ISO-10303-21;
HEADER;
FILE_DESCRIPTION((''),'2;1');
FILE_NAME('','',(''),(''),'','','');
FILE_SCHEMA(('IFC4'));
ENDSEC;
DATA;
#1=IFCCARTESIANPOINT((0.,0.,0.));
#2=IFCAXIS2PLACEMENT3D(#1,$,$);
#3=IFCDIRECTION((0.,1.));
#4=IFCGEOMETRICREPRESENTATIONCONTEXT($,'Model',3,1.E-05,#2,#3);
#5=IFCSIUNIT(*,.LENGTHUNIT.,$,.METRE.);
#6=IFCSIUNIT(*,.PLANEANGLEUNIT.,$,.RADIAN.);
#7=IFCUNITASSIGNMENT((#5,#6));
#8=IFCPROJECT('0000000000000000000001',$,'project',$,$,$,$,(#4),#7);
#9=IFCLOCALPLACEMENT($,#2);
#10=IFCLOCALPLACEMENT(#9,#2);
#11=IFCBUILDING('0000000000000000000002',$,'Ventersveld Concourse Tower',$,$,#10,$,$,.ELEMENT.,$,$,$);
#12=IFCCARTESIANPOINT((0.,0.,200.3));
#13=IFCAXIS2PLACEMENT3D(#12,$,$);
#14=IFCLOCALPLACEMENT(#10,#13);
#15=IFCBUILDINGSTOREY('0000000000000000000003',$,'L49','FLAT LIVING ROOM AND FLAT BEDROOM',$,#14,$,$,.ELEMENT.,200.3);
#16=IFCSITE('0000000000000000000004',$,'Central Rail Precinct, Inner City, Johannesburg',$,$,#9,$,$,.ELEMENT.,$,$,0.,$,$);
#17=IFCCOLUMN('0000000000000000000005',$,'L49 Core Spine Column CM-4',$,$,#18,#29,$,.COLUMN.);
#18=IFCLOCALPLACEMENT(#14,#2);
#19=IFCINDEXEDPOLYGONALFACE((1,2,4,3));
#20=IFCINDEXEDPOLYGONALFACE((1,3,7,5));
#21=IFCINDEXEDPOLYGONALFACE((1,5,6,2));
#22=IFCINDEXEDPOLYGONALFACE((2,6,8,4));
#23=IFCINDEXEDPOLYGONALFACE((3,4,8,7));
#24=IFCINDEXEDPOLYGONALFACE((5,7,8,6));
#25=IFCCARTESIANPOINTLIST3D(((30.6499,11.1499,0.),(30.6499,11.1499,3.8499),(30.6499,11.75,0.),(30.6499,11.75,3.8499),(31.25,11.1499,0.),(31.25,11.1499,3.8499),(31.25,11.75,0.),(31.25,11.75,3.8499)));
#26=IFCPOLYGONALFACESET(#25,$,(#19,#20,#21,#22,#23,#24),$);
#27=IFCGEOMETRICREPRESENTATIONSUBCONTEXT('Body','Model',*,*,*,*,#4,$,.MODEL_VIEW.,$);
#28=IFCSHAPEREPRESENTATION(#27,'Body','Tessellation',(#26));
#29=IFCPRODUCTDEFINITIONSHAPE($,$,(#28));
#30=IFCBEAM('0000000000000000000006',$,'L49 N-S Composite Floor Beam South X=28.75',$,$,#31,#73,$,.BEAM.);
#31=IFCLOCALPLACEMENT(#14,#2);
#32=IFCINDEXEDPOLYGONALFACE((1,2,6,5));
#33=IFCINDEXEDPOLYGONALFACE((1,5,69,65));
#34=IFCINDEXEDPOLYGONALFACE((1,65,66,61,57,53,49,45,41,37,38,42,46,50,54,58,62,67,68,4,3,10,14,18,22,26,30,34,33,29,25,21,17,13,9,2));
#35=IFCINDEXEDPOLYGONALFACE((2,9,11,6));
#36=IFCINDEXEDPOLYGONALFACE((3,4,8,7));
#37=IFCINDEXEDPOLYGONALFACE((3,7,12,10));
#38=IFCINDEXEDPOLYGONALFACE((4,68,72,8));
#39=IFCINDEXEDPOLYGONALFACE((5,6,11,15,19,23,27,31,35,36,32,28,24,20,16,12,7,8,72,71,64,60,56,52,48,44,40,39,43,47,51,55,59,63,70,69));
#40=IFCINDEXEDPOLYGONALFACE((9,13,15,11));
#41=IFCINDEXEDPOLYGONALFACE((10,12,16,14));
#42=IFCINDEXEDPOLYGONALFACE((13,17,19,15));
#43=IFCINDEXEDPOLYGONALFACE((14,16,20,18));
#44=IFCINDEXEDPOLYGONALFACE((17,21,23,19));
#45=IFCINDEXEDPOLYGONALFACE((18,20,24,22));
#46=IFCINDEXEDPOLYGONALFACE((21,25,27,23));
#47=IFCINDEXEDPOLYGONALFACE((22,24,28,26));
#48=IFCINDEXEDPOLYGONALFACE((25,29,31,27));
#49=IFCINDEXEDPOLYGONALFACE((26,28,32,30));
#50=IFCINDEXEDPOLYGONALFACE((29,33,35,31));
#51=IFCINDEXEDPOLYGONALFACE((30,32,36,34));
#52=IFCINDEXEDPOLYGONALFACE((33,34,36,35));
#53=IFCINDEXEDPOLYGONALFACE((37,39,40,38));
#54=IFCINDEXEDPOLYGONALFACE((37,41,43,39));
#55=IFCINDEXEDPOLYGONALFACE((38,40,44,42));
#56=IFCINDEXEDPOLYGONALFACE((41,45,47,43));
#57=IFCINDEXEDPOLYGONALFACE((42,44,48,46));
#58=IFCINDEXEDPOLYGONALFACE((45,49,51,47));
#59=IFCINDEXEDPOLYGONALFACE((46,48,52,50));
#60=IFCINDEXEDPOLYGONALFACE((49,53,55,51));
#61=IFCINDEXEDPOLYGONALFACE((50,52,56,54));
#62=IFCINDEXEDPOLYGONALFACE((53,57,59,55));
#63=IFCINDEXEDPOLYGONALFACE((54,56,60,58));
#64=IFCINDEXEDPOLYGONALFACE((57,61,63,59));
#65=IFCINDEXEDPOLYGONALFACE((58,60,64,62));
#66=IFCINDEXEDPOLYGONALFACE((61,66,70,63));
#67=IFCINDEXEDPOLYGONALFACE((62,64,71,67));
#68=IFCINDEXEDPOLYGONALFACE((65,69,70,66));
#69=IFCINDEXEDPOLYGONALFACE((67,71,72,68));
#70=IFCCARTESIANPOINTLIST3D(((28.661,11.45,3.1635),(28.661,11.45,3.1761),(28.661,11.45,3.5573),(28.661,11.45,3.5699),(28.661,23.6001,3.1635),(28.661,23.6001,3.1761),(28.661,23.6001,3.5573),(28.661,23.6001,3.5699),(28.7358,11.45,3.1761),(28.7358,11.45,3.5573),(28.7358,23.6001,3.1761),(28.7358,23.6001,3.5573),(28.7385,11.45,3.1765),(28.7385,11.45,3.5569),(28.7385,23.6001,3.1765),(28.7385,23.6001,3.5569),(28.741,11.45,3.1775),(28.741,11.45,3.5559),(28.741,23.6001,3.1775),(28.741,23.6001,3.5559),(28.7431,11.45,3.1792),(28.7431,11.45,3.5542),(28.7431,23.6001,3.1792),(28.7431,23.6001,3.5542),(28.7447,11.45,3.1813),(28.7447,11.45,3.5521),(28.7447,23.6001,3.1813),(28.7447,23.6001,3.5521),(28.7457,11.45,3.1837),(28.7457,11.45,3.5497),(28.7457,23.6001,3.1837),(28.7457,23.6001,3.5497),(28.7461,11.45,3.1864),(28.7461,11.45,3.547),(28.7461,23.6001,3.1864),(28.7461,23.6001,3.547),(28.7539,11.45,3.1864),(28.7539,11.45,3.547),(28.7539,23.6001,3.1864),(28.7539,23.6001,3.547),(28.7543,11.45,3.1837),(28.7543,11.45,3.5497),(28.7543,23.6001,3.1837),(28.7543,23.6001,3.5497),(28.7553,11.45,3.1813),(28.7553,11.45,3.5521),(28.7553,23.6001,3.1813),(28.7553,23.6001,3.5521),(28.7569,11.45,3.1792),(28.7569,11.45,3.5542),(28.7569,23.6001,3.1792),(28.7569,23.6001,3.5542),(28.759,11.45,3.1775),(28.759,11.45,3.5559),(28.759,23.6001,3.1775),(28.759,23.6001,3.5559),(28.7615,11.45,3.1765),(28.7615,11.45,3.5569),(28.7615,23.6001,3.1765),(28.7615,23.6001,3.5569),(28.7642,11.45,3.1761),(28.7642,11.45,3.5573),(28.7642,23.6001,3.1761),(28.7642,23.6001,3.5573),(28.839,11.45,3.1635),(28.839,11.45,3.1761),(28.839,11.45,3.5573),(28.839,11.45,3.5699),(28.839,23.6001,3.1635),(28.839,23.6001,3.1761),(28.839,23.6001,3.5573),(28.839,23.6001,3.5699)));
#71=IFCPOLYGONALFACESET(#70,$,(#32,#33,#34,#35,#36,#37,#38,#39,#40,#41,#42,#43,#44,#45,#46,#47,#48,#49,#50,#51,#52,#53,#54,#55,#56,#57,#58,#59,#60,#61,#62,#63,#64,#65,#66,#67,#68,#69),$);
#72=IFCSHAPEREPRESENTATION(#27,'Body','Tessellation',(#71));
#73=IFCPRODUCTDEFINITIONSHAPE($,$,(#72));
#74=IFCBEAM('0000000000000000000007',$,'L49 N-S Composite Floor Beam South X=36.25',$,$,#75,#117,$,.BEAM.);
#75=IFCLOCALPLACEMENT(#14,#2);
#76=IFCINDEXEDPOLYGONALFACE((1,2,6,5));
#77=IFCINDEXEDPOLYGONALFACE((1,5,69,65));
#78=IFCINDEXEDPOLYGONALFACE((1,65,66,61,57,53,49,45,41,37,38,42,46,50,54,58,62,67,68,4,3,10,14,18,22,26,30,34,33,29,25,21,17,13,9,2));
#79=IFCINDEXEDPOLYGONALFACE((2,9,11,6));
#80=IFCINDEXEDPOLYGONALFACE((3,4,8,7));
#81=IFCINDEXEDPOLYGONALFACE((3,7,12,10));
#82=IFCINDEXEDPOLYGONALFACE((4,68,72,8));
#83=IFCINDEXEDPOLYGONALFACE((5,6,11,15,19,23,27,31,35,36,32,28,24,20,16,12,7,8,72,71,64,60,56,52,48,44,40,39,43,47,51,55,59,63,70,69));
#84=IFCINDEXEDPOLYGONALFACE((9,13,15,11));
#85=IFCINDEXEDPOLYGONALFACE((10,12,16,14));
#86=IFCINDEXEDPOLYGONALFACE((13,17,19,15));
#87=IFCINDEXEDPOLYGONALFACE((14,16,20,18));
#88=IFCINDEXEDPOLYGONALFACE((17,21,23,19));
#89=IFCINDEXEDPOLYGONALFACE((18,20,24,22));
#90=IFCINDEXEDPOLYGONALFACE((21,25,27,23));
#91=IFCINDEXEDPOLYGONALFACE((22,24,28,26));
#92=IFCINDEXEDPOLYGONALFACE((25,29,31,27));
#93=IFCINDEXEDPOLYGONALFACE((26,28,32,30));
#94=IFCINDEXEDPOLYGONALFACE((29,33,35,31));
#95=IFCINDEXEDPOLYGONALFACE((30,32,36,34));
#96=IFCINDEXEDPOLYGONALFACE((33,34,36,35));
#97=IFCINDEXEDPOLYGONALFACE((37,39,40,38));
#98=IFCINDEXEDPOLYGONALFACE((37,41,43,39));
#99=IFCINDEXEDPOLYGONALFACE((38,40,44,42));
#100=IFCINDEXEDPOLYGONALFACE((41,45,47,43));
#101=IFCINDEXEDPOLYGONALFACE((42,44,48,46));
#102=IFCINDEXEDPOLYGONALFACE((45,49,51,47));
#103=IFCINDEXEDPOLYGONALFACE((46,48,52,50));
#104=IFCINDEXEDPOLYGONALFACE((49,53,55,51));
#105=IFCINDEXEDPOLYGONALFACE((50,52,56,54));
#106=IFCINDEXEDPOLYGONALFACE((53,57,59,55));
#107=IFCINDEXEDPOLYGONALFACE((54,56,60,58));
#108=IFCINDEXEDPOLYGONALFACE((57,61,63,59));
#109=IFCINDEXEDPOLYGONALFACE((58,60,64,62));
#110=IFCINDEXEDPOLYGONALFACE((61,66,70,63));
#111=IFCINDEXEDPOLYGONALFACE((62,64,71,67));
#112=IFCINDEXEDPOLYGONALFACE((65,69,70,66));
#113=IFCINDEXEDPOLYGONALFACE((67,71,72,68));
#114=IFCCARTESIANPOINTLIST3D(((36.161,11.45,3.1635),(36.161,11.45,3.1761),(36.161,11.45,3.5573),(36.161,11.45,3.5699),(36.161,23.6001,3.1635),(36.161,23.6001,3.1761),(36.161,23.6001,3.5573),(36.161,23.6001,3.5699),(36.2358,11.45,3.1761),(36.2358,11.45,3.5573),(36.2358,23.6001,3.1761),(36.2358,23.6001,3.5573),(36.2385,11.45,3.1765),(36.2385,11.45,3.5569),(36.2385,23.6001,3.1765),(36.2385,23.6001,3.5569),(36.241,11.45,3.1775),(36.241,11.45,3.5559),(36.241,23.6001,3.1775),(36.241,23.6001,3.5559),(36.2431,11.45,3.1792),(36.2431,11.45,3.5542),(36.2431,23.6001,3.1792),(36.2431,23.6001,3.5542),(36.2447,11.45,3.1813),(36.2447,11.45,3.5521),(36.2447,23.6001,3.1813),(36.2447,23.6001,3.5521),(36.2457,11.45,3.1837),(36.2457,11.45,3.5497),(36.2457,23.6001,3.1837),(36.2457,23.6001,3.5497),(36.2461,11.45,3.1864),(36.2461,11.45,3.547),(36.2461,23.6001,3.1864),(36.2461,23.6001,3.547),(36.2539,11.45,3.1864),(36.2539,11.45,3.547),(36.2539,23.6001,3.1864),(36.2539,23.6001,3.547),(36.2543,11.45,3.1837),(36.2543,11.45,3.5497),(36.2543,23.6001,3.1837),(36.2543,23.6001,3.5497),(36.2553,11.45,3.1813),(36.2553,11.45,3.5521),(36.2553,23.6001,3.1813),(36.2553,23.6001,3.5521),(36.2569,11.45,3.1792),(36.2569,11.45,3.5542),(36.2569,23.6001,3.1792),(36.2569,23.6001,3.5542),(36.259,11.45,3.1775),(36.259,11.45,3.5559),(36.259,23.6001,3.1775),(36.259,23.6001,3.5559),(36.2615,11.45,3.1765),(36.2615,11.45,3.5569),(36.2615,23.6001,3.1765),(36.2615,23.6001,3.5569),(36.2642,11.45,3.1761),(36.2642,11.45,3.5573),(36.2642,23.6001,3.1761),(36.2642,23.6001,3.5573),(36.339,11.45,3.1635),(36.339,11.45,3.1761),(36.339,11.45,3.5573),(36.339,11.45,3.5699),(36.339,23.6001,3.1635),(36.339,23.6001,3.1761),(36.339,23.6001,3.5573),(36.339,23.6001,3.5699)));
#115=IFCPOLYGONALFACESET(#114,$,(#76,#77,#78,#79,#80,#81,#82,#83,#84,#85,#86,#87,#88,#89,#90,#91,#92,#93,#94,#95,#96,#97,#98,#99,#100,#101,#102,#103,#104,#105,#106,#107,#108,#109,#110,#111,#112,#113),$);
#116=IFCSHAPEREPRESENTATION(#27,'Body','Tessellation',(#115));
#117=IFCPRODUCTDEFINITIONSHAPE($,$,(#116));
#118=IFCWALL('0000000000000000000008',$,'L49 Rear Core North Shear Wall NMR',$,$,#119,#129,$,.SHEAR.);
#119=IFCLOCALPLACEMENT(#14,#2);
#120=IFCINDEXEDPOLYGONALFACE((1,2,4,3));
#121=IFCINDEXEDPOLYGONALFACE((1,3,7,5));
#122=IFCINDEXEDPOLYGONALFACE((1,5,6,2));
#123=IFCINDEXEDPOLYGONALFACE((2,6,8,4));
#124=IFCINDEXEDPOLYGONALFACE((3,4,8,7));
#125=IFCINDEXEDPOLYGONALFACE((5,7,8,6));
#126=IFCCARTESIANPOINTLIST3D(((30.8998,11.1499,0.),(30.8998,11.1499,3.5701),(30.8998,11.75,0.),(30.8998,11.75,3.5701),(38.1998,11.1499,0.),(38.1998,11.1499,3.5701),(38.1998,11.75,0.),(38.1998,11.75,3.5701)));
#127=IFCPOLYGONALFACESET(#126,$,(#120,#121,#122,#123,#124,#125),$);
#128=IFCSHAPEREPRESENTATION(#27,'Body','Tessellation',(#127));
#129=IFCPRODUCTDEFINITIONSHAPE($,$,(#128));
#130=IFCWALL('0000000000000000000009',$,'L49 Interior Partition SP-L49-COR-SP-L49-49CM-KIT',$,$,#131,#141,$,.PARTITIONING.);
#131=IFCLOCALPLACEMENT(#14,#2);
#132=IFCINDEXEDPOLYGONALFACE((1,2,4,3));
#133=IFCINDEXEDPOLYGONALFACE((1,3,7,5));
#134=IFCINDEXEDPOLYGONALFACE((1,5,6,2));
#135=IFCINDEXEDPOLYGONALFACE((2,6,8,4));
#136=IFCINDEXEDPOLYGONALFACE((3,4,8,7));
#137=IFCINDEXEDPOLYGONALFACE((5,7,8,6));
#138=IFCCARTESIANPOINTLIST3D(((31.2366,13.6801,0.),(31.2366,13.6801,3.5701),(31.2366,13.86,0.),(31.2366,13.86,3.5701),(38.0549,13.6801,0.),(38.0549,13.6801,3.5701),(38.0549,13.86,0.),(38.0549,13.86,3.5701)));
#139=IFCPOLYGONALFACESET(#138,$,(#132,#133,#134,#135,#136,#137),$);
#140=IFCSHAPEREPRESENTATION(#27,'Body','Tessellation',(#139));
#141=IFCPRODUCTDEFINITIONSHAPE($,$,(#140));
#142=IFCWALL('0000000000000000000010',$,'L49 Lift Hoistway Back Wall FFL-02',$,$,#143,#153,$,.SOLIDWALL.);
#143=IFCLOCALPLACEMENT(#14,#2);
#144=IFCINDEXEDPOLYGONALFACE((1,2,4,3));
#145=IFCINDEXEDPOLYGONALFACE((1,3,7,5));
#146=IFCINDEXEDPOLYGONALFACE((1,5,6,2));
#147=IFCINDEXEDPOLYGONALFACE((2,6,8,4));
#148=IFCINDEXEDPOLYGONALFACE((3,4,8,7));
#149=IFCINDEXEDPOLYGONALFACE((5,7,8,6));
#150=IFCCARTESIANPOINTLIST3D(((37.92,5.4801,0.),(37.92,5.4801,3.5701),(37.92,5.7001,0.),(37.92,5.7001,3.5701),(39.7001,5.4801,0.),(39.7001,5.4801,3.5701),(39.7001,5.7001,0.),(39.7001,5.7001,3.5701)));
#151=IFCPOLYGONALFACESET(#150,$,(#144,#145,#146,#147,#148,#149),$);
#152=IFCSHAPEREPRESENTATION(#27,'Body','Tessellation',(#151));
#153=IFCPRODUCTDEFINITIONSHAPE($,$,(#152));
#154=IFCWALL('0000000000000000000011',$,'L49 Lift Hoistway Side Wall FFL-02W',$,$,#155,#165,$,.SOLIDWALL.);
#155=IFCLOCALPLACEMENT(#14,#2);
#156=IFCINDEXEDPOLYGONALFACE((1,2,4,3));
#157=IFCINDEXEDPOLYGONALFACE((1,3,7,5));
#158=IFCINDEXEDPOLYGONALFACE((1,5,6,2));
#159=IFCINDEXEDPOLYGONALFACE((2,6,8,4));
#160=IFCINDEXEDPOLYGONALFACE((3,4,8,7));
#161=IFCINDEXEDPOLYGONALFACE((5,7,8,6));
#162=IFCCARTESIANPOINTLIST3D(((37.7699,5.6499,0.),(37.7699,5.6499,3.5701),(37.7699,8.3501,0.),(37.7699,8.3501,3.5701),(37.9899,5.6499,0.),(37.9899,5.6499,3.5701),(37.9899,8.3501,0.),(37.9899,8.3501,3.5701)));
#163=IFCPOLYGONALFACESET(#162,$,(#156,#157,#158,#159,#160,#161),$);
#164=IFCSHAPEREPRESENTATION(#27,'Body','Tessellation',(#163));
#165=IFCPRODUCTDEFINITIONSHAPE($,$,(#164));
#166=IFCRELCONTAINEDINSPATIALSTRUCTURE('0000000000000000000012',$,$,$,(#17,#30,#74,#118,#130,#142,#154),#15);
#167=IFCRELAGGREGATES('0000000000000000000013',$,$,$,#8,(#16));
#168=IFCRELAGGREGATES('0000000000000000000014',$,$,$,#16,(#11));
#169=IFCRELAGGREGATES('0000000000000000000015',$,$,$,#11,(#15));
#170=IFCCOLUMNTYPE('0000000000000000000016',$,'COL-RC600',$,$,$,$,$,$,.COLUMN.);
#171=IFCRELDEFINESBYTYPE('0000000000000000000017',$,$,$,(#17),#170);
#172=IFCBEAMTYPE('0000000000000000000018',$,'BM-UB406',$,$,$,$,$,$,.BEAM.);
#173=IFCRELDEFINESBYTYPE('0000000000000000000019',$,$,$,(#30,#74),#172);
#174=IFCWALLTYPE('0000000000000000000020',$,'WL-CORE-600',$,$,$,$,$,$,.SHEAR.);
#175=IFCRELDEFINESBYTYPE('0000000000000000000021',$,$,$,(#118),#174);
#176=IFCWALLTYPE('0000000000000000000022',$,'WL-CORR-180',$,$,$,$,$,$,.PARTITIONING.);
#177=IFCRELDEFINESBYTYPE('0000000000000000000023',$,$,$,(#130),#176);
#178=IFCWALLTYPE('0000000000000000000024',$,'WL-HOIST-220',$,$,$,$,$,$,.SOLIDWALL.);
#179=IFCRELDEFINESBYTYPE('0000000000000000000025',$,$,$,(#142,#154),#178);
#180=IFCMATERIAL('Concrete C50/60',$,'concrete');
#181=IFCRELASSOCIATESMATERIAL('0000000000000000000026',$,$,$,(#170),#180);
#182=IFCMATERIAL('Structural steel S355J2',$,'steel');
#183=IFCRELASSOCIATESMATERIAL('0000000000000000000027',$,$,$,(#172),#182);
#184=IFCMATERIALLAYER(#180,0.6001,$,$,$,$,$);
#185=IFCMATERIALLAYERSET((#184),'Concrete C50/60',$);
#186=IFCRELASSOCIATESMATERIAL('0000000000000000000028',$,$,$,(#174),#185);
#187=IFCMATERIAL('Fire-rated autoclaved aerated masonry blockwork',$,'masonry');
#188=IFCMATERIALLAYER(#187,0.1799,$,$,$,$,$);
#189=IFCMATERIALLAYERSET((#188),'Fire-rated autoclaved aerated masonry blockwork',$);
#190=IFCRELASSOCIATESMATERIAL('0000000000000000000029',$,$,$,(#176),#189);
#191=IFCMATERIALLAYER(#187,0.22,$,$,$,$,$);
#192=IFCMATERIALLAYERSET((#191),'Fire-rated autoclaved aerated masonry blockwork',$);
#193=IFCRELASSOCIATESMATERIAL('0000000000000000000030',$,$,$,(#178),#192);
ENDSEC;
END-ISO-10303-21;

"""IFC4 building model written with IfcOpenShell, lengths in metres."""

from ifc_helpers import new_model, si_unit, direction, frame, frame_2d, origin, origin_2d, place, context, subcontext, project, spatial, rectangle, i_section, extrude, material, layer, layer_set, material_profile, profile_set, type_object, element, save


model = new_model("IFC4")

# Units and contexts
model_context = context("Model", 3, precision=1e-05, world=origin(), true_north=direction((0.0, 1.0)))
body_context = subcontext(model_context, "Body", "Model", "MODEL_VIEW")
ifc_project = project(units=[si_unit("LENGTHUNIT", "METRE"), si_unit("PLANEANGLEUNIT", "RADIAN")], contexts=[model_context])

# Site, building, storey
site_placement = place(None, origin())
site = spatial("IfcSite", under=ifc_project, at=site_placement, Name="Central Rail Precinct, Inner City, Johannesburg", CompositionType="ELEMENT", RefElevation=0.0)
building_placement = place(site_placement, origin())
building = spatial("IfcBuilding", under=site, at=building_placement, Name="Ventersveld Concourse Tower", CompositionType="ELEMENT")
storey_placement = place(building_placement, frame((0.0, 0.0, 200.3)))
storey = spatial("IfcBuildingStorey", under=building, at=storey_placement, Name="L49", Description="FLAT LIVING ROOM AND FLAT BEDROOM", CompositionType="ELEMENT", Elevation=200.3)

# Column
ifc_material_1 = material(Name="Concrete C50/60", Category="concrete")
ifc_material_profile_1 = material_profile(ifc_material_1, rectangle(XDim=0.6001, YDim=0.6001, at=origin_2d()), Name="RC 600x600")
ifc_profile_set_1 = profile_set([ifc_material_profile_1], Name="Concrete C50/60")
column_type = type_object("IfcColumnType", Name="COL-RC600", PredefinedType="COLUMN", material=ifc_profile_set_1)
column_placement = place(storey_placement, frame((30.95, 11.45, 0.0), z_axis=(0.0, 0.0, 1.0), x_axis=(1.0, 0.0, 0.0)))
element("IfcColumn", 1, at=column_placement, inside=storey, type_object=column_type, Name="L49 Core Spine Column CM-4", PredefinedType="COLUMN", context=body_context, shape_type="SweptSolid", body=[
    extrude(rectangle(XDim=0.6001, YDim=0.6001, at=origin_2d()), origin(), (0.0, 0.0, 1.0), 3.8499),
])

# Beams
ifc_material_2 = material(Name="Structural steel S355J2", Category="steel")
ifc_material_profile_2 = material_profile(ifc_material_2, i_section(OverallWidth=0.178, OverallDepth=0.4065, WebThickness=0.0078, FlangeThickness=0.0127, FilletRadius=0.0103, at=origin_2d()), Name="UB 406x178x60")
ifc_profile_set_2 = profile_set([ifc_material_profile_2], Name="Structural steel S355J2")
beam_type = type_object("IfcBeamType", Name="BM-UB406", PredefinedType="BEAM", material=ifc_profile_set_2)
for number, where, z_axis, x_axis, name in (
    (2, (28.75, 11.45, 3.3667), (0.0, 1.0, 0.0), (-1.0, 0.0, 0.0), "L49 N-S Composite Floor Beam South X=28.75"),
    (3, (36.25, 11.45, 3.3667), (0.0, 1.0, 0.0), (-1.0, 0.0, 0.0), "L49 N-S Composite Floor Beam South X=36.25"),
):
    element("IfcBeam", number, at=place(storey_placement, frame(where, z_axis=z_axis, x_axis=x_axis)), inside=storey, type_object=beam_type, Name=name, PredefinedType="BEAM", context=body_context, shape_type="SweptSolid", body=[
        extrude(i_section(OverallWidth=0.178, OverallDepth=0.4065, WebThickness=0.0078, FlangeThickness=0.0127, FilletRadius=0.0103, at=origin_2d()), origin(), (0.0, 0.0, 1.0), 12.1501),
    ])

# Walls
ifc_layer_1 = layer(ifc_material_1, 0.6001)
ifc_layer_set_1 = layer_set([ifc_layer_1], Name="Concrete C50/60")
wall_type_1 = type_object("IfcWallType", Name="WL-CORE-600", PredefinedType="SHEAR", material=ifc_layer_set_1)
wall_1_placement = place(storey_placement, frame((30.8999, 11.45, 0.0), z_axis=(0.0, 0.0, 1.0), x_axis=(1.0, 0.0, 0.0)))
element("IfcWall", 4, at=wall_1_placement, inside=storey, type_object=wall_type_1, Name="L49 Rear Core North Shear Wall NMR", PredefinedType="SHEAR", context=body_context, shape_type="SweptSolid", body=[
    extrude(rectangle(XDim=7.3, YDim=0.6001, at=frame_2d((3.6499, 0.0))), origin(), (0.0, 0.0, 1.0), 3.5701),
])
ifc_material_3 = material(Name="Fire-rated autoclaved aerated masonry blockwork", Category="masonry")
ifc_layer_2 = layer(ifc_material_3, 0.1799)
ifc_layer_set_2 = layer_set([ifc_layer_2], Name="Fire-rated autoclaved aerated masonry blockwork")
wall_type_2 = type_object("IfcWallType", Name="WL-CORR-180", PredefinedType="PARTITIONING", material=ifc_layer_set_2)
wall_2_placement = place(storey_placement, frame((31.2366, 13.77, 0.0), z_axis=(0.0, 0.0, 1.0), x_axis=(1.0, 0.0, 0.0)))
element("IfcWall", 5, at=wall_2_placement, inside=storey, type_object=wall_type_2, Name="L49 Interior Partition SP-L49-COR-SP-L49-49CM-KIT", PredefinedType="PARTITIONING", context=body_context, shape_type="SweptSolid", body=[
    extrude(rectangle(XDim=6.8184, YDim=0.1799, at=frame_2d((3.4092, 0.0))), origin(), (0.0, 0.0, 1.0), 3.5701),
])
ifc_layer_3 = layer(ifc_material_3, 0.22)
ifc_layer_set_3 = layer_set([ifc_layer_3], Name="Fire-rated autoclaved aerated masonry blockwork")
wall_type_3 = type_object("IfcWallType", Name="WL-HOIST-220", PredefinedType="SOLIDWALL", material=ifc_layer_set_3)
wall_3_placement = place(storey_placement, frame((37.9199, 5.5901, 0.0), z_axis=(0.0, 0.0, 1.0), x_axis=(1.0, 0.0, 0.0)))
element("IfcWall", 6, at=wall_3_placement, inside=storey, type_object=wall_type_3, Name="L49 Lift Hoistway Back Wall FFL-02", PredefinedType="SOLIDWALL", context=body_context, shape_type="SweptSolid", body=[
    extrude(rectangle(XDim=1.78, YDim=0.22, at=frame_2d((0.8901, 0.0))), origin(), (0.0, 0.0, 1.0), 3.5701),
])
wall_4_placement = place(storey_placement, frame((37.8799, 5.6499, 0.0), z_axis=(0.0, 0.0, 1.0), x_axis=(0.0, 1.0, 0.0)))
element("IfcWall", 7, at=wall_4_placement, inside=storey, type_object=wall_type_3, Name="L49 Lift Hoistway Side Wall FFL-02W", PredefinedType="SOLIDWALL", context=body_context, shape_type="SweptSolid", body=[
    extrude(rectangle(XDim=2.7002, YDim=0.22, at=frame_2d((1.3501, 0.0))), origin(), (0.0, 0.0, 1.0), 3.5701),
])

save(model, "model.ifc")
